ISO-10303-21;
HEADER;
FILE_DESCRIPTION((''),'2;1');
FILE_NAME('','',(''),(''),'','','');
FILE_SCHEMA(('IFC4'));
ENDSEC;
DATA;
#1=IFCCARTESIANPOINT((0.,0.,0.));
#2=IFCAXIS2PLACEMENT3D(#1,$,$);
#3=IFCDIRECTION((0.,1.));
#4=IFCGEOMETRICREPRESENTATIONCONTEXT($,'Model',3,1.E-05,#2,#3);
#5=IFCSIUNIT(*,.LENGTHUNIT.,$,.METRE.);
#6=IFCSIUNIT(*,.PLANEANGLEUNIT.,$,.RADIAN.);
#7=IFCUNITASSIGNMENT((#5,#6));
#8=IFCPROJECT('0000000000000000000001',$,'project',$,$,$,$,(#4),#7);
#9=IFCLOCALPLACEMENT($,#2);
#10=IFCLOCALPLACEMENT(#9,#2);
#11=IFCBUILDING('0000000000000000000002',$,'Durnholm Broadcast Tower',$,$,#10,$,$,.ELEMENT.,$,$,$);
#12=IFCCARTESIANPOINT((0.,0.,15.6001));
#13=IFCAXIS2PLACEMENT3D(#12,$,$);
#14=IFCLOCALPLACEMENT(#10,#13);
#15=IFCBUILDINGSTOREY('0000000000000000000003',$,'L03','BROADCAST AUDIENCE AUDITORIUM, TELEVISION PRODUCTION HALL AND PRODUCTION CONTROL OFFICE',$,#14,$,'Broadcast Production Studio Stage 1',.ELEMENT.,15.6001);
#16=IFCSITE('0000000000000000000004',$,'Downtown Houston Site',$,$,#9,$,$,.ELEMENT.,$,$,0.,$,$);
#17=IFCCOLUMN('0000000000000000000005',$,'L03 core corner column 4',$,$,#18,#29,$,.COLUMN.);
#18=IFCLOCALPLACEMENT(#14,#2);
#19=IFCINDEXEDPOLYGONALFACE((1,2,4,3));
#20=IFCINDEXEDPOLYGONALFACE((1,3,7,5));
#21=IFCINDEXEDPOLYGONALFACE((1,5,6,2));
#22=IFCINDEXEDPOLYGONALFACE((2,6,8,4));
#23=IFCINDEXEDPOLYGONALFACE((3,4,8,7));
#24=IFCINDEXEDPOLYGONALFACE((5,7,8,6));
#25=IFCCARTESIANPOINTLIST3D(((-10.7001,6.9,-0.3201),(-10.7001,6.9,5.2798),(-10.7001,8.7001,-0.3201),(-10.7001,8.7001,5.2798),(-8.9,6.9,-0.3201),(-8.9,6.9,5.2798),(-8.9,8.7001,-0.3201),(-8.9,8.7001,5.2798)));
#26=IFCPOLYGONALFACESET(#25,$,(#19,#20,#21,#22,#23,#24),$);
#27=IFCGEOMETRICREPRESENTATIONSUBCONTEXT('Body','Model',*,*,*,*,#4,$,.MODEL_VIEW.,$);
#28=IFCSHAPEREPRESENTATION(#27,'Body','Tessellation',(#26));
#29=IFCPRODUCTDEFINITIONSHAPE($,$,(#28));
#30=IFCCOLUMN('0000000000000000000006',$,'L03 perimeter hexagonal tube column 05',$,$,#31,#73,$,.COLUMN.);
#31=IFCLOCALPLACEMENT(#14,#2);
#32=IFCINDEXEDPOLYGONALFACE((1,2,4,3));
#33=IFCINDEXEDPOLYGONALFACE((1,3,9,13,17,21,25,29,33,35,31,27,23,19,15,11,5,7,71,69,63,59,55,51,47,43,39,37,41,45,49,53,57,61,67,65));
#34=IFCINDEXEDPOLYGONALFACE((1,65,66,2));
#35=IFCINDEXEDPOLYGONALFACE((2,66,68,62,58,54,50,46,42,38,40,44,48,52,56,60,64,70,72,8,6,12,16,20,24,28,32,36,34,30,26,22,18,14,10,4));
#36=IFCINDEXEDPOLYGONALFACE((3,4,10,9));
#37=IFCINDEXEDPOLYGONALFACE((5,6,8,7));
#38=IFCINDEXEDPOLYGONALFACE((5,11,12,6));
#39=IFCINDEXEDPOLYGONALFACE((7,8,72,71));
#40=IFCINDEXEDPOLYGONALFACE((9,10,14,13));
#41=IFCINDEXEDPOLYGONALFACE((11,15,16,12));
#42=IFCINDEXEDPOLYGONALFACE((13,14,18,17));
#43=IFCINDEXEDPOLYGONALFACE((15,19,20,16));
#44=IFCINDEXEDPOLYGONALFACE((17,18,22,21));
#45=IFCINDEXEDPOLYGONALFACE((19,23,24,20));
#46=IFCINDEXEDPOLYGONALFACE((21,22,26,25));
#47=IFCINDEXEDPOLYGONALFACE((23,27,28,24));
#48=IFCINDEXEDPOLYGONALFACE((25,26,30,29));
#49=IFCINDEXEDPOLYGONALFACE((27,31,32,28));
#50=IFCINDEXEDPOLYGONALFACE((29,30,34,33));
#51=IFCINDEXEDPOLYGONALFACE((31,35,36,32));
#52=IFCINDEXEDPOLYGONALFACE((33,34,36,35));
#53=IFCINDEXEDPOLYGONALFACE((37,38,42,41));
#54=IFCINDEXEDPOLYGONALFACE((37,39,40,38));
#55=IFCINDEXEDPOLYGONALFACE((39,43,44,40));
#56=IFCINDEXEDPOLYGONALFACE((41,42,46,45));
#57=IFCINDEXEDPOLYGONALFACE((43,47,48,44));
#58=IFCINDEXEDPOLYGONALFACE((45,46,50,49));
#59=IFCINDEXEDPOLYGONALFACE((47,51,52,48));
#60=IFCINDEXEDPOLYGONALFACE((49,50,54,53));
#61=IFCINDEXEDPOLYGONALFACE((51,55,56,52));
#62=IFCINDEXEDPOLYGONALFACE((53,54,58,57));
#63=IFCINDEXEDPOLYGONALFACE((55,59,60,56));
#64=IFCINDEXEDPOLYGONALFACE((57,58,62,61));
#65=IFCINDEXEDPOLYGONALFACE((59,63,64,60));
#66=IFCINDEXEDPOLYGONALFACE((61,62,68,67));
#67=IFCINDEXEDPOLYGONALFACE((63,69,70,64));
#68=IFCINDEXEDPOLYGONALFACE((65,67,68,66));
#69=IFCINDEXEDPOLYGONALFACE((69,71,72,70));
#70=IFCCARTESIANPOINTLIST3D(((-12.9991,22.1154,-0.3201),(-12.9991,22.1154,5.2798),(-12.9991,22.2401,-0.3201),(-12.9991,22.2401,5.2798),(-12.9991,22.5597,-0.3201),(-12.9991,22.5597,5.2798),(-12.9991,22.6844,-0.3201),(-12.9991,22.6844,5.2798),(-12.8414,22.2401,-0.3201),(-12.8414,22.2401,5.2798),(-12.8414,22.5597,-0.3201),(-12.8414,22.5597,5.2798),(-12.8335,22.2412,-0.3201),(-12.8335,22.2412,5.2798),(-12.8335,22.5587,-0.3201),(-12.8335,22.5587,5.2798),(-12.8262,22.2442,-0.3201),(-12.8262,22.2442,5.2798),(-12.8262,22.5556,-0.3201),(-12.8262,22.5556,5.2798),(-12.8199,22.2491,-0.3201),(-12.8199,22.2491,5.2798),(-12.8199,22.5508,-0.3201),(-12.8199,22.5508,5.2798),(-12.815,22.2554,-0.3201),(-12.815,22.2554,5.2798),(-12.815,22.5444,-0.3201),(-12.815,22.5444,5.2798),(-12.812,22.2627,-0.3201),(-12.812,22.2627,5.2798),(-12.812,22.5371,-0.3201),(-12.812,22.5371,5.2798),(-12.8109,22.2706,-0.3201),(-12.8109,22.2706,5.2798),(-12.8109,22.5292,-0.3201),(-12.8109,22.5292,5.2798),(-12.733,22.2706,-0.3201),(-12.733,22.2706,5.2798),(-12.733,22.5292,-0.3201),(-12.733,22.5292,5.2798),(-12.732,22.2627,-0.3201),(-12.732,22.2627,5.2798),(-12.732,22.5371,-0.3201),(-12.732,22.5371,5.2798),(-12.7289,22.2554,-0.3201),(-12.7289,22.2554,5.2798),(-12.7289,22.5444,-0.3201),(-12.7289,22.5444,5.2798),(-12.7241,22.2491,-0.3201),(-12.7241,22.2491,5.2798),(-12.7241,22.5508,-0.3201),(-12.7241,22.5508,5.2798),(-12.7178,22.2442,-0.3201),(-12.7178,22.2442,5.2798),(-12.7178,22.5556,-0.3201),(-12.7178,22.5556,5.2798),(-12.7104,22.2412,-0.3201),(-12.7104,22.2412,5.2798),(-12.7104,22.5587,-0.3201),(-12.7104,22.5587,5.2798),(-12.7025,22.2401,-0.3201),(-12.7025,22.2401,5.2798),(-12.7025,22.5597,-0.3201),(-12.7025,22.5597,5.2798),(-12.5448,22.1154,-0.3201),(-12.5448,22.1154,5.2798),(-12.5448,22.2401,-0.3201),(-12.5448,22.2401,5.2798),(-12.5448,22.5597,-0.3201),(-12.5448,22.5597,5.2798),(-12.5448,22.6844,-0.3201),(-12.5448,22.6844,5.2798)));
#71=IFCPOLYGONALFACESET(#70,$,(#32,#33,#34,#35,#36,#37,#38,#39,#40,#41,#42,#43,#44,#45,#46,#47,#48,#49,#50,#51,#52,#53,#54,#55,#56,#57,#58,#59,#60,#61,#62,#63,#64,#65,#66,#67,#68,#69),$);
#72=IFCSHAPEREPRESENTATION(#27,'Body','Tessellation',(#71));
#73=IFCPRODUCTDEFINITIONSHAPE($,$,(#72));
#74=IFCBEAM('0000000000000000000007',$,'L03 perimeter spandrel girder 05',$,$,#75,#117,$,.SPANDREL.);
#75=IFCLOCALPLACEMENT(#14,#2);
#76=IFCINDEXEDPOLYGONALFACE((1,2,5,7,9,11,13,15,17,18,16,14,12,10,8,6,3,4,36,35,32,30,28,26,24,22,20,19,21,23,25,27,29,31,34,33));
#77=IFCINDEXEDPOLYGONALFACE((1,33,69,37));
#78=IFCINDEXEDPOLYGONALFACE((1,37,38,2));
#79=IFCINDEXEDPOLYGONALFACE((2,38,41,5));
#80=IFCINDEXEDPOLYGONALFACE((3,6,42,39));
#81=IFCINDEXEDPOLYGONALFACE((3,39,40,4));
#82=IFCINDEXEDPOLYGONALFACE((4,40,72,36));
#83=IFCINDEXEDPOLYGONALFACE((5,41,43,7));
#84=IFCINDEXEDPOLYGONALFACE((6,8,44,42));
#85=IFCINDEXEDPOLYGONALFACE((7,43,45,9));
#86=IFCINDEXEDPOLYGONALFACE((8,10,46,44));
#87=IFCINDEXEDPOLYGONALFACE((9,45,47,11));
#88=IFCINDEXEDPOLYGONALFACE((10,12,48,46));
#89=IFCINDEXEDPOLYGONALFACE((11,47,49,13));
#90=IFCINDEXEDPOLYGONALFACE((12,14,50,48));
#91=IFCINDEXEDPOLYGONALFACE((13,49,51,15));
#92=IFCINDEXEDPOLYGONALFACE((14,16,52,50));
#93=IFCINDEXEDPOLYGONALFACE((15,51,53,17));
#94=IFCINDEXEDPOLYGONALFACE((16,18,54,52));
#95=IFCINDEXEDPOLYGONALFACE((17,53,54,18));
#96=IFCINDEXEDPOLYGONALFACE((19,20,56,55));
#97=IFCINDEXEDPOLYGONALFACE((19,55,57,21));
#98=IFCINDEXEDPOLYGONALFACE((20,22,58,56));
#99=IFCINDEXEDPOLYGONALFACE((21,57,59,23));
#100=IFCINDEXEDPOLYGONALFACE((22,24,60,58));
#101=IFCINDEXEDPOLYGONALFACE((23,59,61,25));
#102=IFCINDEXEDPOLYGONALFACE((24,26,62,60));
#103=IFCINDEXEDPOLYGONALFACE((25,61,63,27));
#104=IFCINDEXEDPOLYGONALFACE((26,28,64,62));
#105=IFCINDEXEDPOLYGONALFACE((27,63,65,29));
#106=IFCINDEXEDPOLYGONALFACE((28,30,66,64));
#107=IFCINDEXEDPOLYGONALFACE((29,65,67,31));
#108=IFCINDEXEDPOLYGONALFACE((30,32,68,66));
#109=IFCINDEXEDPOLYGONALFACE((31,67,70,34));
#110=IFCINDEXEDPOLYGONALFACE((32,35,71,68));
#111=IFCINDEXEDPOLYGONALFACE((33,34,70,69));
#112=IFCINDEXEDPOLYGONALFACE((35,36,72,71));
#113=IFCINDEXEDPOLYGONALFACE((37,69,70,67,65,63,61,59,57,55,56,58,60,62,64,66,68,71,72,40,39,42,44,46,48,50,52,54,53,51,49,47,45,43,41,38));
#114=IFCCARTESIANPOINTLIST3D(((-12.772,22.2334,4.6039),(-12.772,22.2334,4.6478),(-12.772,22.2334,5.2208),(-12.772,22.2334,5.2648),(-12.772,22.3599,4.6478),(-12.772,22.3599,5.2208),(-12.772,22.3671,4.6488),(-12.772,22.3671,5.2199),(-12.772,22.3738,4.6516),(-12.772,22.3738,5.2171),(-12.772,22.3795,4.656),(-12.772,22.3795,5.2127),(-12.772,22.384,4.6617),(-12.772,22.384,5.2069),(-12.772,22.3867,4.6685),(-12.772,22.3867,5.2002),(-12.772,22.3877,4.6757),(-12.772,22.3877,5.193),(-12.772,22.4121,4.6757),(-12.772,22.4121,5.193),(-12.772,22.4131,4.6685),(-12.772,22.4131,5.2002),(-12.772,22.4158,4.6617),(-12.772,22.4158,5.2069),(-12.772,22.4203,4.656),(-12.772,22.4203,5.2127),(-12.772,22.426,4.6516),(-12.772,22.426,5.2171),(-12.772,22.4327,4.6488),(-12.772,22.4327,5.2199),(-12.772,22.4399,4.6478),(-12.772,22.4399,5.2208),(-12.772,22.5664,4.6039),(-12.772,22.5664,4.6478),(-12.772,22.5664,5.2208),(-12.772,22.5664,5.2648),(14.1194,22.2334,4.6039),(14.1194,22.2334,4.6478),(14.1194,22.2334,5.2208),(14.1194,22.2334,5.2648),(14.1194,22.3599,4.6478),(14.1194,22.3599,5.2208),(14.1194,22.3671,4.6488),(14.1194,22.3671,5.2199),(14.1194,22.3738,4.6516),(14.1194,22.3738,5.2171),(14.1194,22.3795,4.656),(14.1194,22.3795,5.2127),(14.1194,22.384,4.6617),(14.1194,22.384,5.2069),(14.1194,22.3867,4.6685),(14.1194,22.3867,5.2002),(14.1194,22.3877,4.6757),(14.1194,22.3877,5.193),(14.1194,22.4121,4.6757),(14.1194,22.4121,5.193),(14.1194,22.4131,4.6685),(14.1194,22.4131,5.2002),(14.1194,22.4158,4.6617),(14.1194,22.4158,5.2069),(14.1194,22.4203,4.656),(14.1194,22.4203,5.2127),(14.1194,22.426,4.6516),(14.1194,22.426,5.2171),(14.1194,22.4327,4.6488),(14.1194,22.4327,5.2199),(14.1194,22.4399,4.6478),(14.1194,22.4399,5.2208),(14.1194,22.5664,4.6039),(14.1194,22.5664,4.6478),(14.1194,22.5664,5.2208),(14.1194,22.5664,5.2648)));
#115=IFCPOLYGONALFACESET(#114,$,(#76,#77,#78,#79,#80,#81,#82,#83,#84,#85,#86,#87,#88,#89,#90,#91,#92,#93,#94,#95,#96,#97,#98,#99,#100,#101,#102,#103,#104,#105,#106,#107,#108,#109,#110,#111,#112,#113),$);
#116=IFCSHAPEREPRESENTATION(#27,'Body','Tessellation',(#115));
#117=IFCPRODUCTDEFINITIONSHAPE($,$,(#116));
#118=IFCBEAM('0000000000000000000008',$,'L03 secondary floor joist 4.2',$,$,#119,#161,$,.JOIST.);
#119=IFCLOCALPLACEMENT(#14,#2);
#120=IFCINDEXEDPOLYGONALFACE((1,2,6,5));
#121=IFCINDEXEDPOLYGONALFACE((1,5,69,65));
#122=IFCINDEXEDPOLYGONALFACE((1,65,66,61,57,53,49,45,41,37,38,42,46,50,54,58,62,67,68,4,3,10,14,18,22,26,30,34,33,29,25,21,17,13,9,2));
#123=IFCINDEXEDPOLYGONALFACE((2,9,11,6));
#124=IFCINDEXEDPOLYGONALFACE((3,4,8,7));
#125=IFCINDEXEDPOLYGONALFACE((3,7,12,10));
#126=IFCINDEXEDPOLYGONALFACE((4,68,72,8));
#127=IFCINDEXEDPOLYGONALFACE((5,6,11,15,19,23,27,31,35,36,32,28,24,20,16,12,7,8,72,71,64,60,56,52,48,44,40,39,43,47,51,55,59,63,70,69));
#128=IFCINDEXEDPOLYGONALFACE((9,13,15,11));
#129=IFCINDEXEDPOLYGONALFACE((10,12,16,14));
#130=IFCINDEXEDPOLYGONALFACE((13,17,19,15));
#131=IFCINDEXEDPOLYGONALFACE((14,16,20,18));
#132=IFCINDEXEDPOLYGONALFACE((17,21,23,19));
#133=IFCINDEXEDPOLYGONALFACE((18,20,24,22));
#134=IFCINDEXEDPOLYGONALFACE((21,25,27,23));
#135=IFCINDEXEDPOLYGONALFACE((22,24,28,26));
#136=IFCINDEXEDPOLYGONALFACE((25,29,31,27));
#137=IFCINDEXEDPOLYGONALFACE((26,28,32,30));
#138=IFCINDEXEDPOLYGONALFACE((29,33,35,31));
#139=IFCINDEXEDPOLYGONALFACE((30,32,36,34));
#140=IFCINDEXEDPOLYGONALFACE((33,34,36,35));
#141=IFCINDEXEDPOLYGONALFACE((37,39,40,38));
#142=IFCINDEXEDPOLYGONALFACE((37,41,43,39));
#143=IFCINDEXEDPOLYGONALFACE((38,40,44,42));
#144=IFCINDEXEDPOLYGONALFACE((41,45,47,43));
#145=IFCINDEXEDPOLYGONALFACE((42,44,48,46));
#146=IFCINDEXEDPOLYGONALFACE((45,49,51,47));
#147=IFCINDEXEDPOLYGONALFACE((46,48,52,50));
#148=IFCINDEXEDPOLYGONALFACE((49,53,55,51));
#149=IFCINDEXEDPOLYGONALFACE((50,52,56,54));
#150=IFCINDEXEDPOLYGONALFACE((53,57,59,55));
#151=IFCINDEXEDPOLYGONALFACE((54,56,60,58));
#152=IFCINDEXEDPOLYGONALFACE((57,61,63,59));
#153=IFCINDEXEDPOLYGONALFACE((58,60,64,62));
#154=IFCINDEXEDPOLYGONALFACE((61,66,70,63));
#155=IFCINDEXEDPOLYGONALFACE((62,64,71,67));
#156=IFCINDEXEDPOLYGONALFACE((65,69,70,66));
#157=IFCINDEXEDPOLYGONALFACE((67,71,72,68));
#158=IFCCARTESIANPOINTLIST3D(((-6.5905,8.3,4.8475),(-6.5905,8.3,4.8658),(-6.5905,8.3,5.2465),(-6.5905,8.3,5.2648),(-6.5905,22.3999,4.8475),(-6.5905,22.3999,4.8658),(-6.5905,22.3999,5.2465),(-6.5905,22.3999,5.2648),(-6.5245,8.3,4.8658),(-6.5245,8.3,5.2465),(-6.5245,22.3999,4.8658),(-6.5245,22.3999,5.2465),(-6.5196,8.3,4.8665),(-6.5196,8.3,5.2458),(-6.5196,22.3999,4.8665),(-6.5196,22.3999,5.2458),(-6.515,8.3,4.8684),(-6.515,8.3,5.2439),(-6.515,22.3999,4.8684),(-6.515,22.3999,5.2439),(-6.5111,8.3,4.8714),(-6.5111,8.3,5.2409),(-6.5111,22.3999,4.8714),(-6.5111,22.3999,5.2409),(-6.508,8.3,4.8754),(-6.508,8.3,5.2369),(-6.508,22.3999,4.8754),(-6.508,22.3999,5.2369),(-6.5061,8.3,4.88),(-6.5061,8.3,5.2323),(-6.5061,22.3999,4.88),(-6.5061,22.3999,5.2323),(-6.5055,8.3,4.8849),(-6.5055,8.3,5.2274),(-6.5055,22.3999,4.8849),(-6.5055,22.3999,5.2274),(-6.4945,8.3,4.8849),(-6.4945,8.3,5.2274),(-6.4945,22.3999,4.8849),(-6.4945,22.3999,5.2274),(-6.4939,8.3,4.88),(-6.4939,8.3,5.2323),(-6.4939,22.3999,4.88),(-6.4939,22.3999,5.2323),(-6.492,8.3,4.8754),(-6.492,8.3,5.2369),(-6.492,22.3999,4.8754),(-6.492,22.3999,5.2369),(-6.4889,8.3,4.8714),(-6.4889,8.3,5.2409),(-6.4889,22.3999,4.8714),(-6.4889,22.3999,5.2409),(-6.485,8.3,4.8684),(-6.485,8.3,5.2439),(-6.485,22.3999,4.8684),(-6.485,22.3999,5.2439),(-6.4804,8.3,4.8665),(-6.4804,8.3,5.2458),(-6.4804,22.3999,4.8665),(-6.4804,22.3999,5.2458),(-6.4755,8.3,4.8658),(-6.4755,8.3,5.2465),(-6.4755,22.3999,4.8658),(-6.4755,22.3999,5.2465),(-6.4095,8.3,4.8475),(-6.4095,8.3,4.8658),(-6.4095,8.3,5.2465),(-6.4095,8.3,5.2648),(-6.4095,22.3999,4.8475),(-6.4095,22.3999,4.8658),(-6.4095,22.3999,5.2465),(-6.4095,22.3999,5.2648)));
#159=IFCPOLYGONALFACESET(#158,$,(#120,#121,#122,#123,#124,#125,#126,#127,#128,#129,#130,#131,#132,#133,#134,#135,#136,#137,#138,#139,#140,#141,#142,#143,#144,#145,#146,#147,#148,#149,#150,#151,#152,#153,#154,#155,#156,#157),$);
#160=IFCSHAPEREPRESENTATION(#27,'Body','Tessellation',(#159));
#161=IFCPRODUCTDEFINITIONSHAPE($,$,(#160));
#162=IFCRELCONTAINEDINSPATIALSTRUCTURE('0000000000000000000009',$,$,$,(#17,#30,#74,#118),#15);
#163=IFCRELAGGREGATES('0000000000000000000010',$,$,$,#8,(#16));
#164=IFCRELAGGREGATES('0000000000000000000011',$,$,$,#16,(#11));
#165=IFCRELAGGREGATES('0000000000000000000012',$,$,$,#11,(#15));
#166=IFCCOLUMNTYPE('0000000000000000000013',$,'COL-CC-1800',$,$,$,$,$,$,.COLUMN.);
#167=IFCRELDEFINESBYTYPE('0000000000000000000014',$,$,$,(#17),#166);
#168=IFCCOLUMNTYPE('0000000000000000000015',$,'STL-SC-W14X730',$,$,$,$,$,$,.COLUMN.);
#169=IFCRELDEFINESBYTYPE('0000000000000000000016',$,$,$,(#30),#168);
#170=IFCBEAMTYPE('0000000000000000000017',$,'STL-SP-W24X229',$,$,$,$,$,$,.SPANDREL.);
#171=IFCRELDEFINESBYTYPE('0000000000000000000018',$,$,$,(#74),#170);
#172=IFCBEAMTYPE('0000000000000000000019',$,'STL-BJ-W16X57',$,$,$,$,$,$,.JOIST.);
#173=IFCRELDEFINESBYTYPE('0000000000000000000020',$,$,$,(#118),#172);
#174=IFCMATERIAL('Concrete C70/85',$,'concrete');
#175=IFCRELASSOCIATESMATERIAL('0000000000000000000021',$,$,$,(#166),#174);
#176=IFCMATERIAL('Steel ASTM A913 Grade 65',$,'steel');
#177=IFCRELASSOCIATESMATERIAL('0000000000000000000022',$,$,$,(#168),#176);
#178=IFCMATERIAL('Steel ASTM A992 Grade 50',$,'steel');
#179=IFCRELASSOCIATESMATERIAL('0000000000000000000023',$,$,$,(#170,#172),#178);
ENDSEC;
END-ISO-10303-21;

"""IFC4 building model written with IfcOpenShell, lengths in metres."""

from ifc_helpers import new_model, si_unit, direction, frame, origin, origin_2d, place, context, subcontext, project, spatial, rectangle, i_section, extrude, source, transform, mapped, material, material_profile, profile_set, type_object, type_shapes, element, save


model = new_model("IFC4")

# Units and contexts
model_context = context("Model", 3, precision=1e-05, world=origin(), true_north=direction((0.0, 1.0)))
body_context = subcontext(model_context, "Body", "Model", "MODEL_VIEW")
ifc_project = project(units=[si_unit("LENGTHUNIT", "METRE"), si_unit("PLANEANGLEUNIT", "RADIAN")], contexts=[model_context])

# Site, building, storey
site_placement = place(None, origin())
site = spatial("IfcSite", under=ifc_project, at=site_placement, Name="Downtown Houston Site", CompositionType="ELEMENT", RefElevation=0.0)
building_placement = place(site_placement, origin())
building = spatial("IfcBuilding", under=site, at=building_placement, Name="Durnholm Broadcast Tower", CompositionType="ELEMENT")
storey_placement = place(building_placement, frame((0.0, 0.0, 15.6001)))
storey = spatial("IfcBuildingStorey", under=building, at=storey_placement, Name="L03", Description="BROADCAST AUDIENCE AUDITORIUM, TELEVISION PRODUCTION HALL AND PRODUCTION CONTROL OFFICE", LongName="Broadcast Production Studio Stage 1", CompositionType="ELEMENT", Elevation=15.6001)

# Columns
ifc_material_1 = material(Name="Concrete C70/85", Category="concrete")
ifc_material_profile_1 = material_profile(ifc_material_1, rectangle(XDim=1.8, YDim=1.8, at=origin_2d()), Name="RC1800X1800")
ifc_profile_set_1 = profile_set([ifc_material_profile_1], Name="Concrete C70/85")
column_type_1 = type_object("IfcColumnType", Name="COL-CC-1800", PredefinedType="COLUMN", material=ifc_profile_set_1)
shared_shape_1 = source(origin(), body_context, "Body", "SweptSolid", [
    extrude(rectangle(XDim=1.8, YDim=1.8, at=origin_2d()), origin(), (0.0, 0.0, 1.0), 5.5999),
])
type_shapes(column_type_1, [shared_shape_1])
column_1_placement = place(storey_placement, frame((-9.8, 7.8, -0.3201), z_axis=(0.0, 0.0, 1.0), x_axis=(1.0, 0.0, 0.0)))
element("IfcColumn", 1, at=column_1_placement, inside=storey, type_object=column_type_1, Name="L03 core corner column 4", PredefinedType="COLUMN", context=body_context, shape_type="MappedRepresentation", body=[
    mapped(shared_shape_1, transform((0.0, 0.0, 0.0), x_axis=(1.0, 0.0, 0.0), y_axis=(0.0, 1.0, 0.0), z_axis=(0.0, 0.0, 1.0), scale=1.0)),
])
ifc_material_2 = material(Name="Steel ASTM A913 Grade 65", Category="steel")
ifc_material_profile_2 = material_profile(ifc_material_2, i_section(OverallWidth=0.4543, OverallDepth=0.5691, WebThickness=0.0779, FlangeThickness=0.1248, FilletRadius=0.0305, at=origin_2d()), Name="W14X730")
ifc_profile_set_2 = profile_set([ifc_material_profile_2], Name="Steel ASTM A913 Grade 65")
column_type_2 = type_object("IfcColumnType", Name="STL-SC-W14X730", PredefinedType="COLUMN", material=ifc_profile_set_2)
shared_shape_2 = source(origin(), body_context, "Body", "SweptSolid", [
    extrude(i_section(OverallWidth=0.4543, OverallDepth=0.5691, WebThickness=0.0779, FlangeThickness=0.1248, FilletRadius=0.0305, at=origin_2d()), origin(), (0.0, 0.0, 1.0), 5.5999),
])
type_shapes(column_type_2, [shared_shape_2])
column_2_placement = place(storey_placement, frame((-12.772, 22.3999, -0.3201), z_axis=(0.0, 0.0, 1.0), x_axis=(1.0, 0.0, 0.0)))
element("IfcColumn", 2, at=column_2_placement, inside=storey, type_object=column_type_2, Name="L03 perimeter hexagonal tube column 05", PredefinedType="COLUMN", context=body_context, shape_type="MappedRepresentation", body=[
    mapped(shared_shape_2, transform((0.0, 0.0, 0.0), x_axis=(1.0, 0.0, 0.0), y_axis=(0.0, 1.0, 0.0), z_axis=(0.0, 0.0, 1.0), scale=1.0)),
])

# Beams
ifc_material_3 = material(Name="Steel ASTM A992 Grade 50", Category="steel")
ifc_material_profile_3 = material_profile(ifc_material_3, i_section(OverallWidth=0.333, OverallDepth=0.6609, WebThickness=0.0244, FlangeThickness=0.0439, FilletRadius=0.0278, at=origin_2d()), Name="W24X229")
ifc_profile_set_3 = profile_set([ifc_material_profile_3], Name="Steel ASTM A992 Grade 50")
beam_type_1 = type_object("IfcBeamType", Name="STL-SP-W24X229", PredefinedType="SPANDREL", material=ifc_profile_set_3)
shared_shape_3 = source(origin(), body_context, "Body", "SweptSolid", [
    extrude(i_section(OverallWidth=0.333, OverallDepth=0.6609, WebThickness=0.0244, FlangeThickness=0.0439, FilletRadius=0.0278, at=origin_2d()), origin(), (0.0, 0.0, 1.0), 26.8914),
])
type_shapes(beam_type_1, [shared_shape_3])
beam_1_placement = place(storey_placement, frame((-12.772, 22.3999, 4.9343), z_axis=(1.0, 0.0, 0.0), x_axis=(0.0, 1.0, 0.0)))
element("IfcBeam", 3, at=beam_1_placement, inside=storey, type_object=beam_type_1, Name="L03 perimeter spandrel girder 05", PredefinedType="SPANDREL", context=body_context, shape_type="MappedRepresentation", body=[
    mapped(shared_shape_3, transform((0.0, 0.0, 0.0), x_axis=(1.0, 0.0, 0.0), y_axis=(0.0, 1.0, 0.0), z_axis=(0.0, 0.0, 1.0), scale=1.0)),
])
ifc_material_profile_4 = material_profile(ifc_material_3, i_section(OverallWidth=0.1809, OverallDepth=0.4172, WebThickness=0.011, FlangeThickness=0.0183, FilletRadius=0.019, at=origin_2d()), Name="W16X57")
ifc_profile_set_4 = profile_set([ifc_material_profile_4], Name="Steel ASTM A992 Grade 50")
beam_type_2 = type_object("IfcBeamType", Name="STL-BJ-W16X57", PredefinedType="JOIST", material=ifc_profile_set_4)
shared_shape_4 = source(origin(), body_context, "Body", "SweptSolid", [
    extrude(i_section(OverallWidth=0.1809, OverallDepth=0.4172, WebThickness=0.011, FlangeThickness=0.0183, FilletRadius=0.019, at=origin_2d()), origin(), (0.0, 0.0, 1.0), 14.0999),
])
type_shapes(beam_type_2, [shared_shape_4])
for number, where, z_axis, x_axis, name in (
    (4, (-6.5, 8.3, 5.0562), (0.0, 1.0, 0.0), (-1.0, 0.0, 0.0), "L03 secondary floor joist 4.2"),
):
    element("IfcBeam", number, at=place(storey_placement, frame(where, z_axis=z_axis, x_axis=x_axis)), inside=storey, type_object=beam_type_2, Name=name, PredefinedType="JOIST", context=body_context, shape_type="MappedRepresentation", body=[
        mapped(shared_shape_4, transform((0.0, 0.0, 0.0), x_axis=(1.0, 0.0, 0.0), y_axis=(0.0, 1.0, 0.0), z_axis=(0.0, 0.0, 1.0), scale=1.0)),
    ])

save(model, "model.ifc")
